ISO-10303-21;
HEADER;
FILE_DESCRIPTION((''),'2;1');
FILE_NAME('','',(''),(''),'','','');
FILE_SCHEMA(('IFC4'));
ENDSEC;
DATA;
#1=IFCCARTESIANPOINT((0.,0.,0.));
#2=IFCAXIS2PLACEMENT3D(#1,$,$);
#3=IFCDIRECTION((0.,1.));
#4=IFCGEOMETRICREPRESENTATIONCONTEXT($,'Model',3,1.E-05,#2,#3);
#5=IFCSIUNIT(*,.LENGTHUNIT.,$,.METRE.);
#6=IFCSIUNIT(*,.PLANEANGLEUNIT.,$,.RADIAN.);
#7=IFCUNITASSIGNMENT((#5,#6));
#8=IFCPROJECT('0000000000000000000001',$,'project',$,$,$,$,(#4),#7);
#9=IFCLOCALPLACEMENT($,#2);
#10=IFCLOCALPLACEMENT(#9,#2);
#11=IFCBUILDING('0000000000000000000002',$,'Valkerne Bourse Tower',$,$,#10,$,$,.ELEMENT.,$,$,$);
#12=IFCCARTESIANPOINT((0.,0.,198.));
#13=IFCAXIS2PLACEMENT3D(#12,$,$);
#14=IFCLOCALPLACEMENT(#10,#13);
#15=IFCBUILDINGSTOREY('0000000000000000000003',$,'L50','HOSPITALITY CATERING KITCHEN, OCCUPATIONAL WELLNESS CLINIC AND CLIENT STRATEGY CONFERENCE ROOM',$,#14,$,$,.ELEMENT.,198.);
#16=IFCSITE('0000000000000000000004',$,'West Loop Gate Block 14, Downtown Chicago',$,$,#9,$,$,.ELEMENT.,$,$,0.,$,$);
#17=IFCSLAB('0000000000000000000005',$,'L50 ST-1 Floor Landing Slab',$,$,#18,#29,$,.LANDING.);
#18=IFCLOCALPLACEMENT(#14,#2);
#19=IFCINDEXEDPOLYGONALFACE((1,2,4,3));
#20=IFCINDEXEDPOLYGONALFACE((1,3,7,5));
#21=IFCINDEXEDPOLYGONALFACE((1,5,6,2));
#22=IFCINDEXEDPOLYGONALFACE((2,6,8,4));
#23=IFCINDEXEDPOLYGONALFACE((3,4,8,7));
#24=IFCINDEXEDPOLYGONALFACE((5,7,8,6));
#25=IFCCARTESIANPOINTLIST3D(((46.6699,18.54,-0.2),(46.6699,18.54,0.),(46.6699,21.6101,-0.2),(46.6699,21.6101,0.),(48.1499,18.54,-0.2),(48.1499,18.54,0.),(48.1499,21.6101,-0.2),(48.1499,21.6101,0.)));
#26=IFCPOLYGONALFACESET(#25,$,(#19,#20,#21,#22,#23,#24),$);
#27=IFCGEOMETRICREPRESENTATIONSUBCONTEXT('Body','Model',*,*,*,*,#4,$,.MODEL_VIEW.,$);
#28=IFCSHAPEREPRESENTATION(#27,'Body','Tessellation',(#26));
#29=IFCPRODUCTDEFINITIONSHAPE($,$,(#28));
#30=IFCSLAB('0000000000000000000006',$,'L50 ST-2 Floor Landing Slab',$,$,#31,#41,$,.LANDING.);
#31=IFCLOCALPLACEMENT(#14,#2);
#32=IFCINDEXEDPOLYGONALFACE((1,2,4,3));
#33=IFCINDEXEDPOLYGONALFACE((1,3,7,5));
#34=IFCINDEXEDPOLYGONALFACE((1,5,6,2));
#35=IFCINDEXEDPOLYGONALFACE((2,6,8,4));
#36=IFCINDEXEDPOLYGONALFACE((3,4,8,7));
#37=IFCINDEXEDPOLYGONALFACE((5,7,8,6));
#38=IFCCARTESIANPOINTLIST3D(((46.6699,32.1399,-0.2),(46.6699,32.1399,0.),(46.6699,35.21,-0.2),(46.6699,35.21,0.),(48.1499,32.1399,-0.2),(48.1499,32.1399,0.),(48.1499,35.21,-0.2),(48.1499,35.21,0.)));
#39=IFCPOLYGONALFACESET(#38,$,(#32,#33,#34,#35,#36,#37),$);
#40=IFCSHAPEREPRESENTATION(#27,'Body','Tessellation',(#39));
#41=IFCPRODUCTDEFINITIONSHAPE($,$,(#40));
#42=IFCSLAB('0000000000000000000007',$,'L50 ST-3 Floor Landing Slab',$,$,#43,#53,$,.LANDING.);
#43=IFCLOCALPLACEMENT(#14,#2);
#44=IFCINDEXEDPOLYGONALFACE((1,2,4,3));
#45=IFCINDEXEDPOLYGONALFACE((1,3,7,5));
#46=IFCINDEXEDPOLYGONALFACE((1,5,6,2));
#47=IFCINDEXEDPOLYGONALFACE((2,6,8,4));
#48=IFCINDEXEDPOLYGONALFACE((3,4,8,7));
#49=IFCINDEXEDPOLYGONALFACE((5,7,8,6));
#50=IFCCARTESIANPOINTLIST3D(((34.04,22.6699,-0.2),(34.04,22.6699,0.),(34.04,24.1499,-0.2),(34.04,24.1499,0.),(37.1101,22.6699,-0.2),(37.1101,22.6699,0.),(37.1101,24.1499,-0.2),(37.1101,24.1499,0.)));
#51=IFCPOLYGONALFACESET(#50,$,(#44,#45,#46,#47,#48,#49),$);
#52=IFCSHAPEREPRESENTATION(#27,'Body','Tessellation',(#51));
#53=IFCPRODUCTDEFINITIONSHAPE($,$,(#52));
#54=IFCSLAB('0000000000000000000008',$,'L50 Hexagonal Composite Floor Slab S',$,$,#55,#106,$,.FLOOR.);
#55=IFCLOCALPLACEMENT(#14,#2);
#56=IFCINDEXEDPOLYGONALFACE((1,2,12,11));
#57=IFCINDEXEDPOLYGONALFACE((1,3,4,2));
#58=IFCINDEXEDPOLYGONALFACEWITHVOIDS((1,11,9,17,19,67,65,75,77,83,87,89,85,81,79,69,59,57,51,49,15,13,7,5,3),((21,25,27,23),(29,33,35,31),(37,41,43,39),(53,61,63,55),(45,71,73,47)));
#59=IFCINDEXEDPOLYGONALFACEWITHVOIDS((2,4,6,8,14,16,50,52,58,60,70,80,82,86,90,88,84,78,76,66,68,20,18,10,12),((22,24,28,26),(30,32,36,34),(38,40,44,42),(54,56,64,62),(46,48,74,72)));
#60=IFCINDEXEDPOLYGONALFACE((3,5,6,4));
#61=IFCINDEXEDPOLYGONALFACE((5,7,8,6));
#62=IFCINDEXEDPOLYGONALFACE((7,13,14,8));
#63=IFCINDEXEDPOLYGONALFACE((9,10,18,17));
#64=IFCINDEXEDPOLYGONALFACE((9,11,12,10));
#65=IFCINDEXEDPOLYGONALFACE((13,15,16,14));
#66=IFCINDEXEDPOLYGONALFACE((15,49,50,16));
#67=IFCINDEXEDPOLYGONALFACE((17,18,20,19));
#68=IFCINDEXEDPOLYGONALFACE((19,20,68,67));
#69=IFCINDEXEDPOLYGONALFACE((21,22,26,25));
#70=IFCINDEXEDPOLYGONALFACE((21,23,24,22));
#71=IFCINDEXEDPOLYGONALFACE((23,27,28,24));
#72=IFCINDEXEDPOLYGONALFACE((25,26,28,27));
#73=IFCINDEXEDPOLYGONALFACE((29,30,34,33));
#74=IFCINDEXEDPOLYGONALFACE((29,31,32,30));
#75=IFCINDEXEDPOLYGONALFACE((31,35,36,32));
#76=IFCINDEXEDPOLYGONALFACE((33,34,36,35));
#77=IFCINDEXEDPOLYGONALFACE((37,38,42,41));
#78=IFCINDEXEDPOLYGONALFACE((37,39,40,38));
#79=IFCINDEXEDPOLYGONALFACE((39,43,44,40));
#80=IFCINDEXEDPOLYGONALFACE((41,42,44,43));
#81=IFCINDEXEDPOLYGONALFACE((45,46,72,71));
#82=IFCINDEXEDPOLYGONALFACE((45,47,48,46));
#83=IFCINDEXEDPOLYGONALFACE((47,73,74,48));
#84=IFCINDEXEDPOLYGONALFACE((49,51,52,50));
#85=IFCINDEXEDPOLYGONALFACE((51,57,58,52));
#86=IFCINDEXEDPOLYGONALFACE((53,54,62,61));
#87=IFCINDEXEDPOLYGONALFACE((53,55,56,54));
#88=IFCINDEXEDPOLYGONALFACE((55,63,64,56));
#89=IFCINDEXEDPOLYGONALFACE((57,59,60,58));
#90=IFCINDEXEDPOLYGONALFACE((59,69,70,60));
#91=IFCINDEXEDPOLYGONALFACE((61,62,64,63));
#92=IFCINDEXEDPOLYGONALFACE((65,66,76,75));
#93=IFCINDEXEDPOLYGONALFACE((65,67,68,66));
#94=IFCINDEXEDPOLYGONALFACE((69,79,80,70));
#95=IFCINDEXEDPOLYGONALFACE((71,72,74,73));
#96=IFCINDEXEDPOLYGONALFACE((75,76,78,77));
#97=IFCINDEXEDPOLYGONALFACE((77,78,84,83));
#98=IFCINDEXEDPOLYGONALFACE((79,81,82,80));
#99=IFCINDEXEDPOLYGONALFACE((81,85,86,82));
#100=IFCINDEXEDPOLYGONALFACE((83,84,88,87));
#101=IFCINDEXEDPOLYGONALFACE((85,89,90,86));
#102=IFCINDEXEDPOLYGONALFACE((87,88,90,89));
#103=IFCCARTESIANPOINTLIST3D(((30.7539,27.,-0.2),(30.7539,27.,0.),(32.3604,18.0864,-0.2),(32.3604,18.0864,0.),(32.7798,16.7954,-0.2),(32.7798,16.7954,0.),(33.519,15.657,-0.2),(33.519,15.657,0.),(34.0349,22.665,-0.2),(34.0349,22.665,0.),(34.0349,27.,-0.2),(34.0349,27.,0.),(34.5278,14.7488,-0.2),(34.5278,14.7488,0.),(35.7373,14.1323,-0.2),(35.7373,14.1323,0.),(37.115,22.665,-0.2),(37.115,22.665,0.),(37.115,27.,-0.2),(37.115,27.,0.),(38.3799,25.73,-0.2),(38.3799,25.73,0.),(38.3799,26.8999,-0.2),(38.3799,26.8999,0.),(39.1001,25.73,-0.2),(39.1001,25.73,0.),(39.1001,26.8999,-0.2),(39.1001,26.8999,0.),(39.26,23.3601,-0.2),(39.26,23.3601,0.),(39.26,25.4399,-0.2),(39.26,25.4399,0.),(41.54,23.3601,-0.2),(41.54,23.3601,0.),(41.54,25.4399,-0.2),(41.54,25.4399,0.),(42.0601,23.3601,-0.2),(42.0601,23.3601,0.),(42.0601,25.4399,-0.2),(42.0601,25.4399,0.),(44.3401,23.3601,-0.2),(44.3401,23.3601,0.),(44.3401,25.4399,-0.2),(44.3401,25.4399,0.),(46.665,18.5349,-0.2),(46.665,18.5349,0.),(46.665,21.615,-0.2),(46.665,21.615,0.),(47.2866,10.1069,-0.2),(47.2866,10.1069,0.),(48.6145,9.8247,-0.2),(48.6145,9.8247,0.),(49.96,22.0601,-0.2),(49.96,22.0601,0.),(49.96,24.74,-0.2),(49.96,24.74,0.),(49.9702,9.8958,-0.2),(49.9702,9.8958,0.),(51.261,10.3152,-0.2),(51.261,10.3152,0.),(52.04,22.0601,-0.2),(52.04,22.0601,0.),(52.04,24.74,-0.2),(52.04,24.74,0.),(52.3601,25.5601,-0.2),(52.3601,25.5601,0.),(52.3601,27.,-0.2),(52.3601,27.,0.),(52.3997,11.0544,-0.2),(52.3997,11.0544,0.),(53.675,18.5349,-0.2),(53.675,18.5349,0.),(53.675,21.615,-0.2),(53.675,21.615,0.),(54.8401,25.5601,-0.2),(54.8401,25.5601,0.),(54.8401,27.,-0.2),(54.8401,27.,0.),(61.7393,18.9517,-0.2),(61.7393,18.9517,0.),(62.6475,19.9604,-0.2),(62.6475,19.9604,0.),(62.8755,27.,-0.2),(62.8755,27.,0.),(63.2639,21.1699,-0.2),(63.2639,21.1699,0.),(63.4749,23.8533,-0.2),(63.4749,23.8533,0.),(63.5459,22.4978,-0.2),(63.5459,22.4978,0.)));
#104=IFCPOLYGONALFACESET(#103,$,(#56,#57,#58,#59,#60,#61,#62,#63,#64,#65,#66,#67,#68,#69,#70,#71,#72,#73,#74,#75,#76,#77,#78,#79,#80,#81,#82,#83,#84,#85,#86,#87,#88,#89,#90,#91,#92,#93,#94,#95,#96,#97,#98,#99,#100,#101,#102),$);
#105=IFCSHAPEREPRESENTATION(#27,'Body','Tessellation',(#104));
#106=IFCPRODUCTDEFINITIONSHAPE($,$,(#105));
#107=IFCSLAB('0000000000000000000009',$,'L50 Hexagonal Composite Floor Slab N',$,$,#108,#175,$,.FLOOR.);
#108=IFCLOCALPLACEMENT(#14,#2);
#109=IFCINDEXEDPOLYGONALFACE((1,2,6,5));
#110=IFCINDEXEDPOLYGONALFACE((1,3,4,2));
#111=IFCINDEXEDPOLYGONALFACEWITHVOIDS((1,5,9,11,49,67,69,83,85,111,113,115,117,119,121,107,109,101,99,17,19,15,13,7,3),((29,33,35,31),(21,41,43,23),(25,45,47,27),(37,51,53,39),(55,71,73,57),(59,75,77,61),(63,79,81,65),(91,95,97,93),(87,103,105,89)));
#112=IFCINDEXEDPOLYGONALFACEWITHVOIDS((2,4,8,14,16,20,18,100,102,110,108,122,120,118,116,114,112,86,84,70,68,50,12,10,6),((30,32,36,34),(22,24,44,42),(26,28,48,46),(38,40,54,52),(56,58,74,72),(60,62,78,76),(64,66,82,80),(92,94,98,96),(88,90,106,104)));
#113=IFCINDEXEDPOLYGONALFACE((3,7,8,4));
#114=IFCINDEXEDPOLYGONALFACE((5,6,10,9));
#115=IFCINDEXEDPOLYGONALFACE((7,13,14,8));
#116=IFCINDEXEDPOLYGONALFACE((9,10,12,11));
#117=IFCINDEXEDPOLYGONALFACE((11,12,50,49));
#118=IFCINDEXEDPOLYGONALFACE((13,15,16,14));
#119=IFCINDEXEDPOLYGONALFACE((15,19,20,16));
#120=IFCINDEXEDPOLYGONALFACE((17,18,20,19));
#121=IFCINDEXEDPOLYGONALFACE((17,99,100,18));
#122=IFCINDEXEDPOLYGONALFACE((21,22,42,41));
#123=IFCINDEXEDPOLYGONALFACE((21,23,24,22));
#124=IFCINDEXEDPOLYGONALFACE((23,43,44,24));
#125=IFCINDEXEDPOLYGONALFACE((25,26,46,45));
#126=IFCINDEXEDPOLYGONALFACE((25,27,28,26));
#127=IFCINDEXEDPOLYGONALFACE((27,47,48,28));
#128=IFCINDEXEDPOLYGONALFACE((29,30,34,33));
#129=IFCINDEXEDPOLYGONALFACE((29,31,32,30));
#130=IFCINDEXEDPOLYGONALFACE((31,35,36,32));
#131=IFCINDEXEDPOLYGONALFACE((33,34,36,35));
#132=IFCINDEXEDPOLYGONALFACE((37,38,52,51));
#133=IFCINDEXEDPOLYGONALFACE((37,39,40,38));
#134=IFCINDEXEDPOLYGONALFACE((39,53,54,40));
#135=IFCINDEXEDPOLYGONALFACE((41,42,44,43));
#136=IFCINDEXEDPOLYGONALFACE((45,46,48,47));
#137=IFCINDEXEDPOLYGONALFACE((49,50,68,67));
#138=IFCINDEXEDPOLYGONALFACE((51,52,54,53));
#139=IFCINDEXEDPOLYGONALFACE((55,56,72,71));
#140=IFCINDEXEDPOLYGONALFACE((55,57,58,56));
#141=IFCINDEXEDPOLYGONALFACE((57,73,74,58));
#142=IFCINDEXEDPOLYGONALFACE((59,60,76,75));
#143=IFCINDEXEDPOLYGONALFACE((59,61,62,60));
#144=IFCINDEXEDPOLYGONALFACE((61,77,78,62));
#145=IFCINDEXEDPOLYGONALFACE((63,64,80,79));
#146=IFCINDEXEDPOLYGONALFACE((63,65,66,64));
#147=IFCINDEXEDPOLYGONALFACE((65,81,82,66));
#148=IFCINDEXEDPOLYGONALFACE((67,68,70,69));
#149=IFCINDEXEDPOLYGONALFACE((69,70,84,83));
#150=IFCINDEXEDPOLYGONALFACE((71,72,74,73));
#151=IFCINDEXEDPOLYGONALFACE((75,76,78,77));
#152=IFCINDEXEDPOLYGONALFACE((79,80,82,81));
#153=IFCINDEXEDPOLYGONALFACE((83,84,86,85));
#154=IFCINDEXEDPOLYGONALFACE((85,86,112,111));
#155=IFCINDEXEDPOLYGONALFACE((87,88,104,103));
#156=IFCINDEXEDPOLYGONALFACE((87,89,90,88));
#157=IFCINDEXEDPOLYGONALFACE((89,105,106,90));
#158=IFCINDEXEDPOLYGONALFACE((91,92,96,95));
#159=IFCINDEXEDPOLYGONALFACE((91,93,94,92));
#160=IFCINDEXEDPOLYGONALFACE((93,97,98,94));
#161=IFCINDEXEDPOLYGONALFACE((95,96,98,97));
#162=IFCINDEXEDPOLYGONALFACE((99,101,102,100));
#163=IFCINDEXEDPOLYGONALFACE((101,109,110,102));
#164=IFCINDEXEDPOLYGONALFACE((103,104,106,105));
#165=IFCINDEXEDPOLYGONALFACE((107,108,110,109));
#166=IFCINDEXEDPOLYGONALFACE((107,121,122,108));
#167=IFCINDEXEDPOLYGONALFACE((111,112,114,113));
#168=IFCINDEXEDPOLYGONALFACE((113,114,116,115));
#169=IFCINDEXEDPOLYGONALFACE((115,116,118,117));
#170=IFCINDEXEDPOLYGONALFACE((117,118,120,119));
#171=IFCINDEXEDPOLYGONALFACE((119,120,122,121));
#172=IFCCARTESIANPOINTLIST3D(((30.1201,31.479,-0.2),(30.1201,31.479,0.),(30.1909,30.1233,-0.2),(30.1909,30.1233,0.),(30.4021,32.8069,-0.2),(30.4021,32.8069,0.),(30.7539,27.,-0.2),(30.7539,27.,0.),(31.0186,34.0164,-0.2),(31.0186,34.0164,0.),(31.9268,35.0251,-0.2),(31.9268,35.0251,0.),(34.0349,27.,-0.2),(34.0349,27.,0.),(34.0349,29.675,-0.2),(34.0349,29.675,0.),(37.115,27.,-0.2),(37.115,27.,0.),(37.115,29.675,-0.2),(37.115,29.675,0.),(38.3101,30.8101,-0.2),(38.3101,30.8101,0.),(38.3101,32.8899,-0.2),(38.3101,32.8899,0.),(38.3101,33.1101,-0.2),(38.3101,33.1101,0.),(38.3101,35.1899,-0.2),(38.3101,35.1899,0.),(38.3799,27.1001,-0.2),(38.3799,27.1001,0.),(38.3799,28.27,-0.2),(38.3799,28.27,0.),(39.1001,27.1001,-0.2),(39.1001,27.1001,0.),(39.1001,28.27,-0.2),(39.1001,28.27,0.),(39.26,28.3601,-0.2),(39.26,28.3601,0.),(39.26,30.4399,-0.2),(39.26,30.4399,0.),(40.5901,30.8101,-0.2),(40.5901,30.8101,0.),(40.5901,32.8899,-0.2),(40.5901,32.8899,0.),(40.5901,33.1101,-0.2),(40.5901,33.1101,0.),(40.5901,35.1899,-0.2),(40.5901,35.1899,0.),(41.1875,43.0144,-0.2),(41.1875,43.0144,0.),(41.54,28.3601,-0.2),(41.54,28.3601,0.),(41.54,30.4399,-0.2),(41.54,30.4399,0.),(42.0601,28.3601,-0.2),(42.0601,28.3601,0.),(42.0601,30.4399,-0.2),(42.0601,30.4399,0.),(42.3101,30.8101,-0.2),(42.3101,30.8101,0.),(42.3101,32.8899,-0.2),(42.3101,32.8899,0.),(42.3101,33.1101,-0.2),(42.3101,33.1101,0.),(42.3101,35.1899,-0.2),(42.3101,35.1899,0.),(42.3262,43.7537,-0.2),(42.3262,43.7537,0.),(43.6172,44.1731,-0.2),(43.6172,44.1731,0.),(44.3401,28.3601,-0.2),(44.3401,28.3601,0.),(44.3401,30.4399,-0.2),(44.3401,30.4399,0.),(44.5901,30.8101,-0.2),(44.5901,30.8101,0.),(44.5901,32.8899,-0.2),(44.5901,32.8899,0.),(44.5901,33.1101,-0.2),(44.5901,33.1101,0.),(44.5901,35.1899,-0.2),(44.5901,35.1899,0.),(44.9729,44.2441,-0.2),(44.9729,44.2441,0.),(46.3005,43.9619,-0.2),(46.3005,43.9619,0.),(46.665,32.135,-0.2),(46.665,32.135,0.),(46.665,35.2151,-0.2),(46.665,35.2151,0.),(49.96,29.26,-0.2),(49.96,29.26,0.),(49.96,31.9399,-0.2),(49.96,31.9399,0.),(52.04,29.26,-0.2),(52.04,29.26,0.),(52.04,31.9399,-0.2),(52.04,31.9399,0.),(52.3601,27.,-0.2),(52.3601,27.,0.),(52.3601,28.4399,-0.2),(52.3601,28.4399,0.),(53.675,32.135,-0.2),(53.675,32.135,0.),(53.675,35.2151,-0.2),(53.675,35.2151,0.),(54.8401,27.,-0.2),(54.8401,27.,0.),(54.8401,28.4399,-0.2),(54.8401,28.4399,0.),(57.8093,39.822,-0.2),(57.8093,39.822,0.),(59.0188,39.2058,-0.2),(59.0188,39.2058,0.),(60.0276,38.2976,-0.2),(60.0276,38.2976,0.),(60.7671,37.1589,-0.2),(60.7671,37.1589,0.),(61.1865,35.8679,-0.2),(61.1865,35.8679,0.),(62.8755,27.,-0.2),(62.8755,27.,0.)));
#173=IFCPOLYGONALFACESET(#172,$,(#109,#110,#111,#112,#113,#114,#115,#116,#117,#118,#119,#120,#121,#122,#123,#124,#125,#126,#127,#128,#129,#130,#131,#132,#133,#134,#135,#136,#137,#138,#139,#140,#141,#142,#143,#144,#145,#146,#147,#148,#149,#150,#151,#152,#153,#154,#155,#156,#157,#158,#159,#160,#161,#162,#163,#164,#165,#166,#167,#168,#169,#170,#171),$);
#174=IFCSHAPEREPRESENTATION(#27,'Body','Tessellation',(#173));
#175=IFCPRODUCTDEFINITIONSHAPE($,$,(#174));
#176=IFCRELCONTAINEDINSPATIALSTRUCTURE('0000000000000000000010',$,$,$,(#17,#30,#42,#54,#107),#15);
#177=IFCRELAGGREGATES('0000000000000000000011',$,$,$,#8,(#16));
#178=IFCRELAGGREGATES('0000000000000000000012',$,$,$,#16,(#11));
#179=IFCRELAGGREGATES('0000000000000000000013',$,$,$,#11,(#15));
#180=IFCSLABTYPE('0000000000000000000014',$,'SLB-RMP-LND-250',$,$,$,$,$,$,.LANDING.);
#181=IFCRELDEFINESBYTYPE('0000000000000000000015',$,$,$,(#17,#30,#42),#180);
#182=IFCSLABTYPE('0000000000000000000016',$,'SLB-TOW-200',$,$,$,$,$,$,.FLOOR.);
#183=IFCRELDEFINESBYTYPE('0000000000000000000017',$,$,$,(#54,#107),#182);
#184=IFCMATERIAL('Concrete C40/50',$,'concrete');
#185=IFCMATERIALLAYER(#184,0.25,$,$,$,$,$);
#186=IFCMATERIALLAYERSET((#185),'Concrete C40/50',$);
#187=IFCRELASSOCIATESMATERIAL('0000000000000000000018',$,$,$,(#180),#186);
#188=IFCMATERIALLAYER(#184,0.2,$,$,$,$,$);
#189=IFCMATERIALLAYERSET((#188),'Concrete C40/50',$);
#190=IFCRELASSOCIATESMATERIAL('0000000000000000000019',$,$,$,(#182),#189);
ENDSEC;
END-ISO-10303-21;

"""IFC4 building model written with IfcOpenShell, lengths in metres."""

from ifc_helpers import new_model, si_unit, direction, frame, origin, place, context, subcontext, project, spatial, polyline, outline, extrude, material, layer, layer_set, type_object, element, save


model = new_model("IFC4")

# Units and contexts
model_context = context("Model", 3, precision=1e-05, world=origin(), true_north=direction((0.0, 1.0)))
body_context = subcontext(model_context, "Body", "Model", "MODEL_VIEW")
ifc_project = project(units=[si_unit("LENGTHUNIT", "METRE"), si_unit("PLANEANGLEUNIT", "RADIAN")], contexts=[model_context])

# Site, building, storey
site_placement = place(None, origin())
site = spatial("IfcSite", under=ifc_project, at=site_placement, Name="West Loop Gate Block 14, Downtown Chicago", CompositionType="ELEMENT", RefElevation=0.0)
building_placement = place(site_placement, origin())
building = spatial("IfcBuilding", under=site, at=building_placement, Name="Valkerne Bourse Tower", CompositionType="ELEMENT")
storey_placement = place(building_placement, frame((0.0, 0.0, 198.0)))
storey = spatial("IfcBuildingStorey", under=building, at=storey_placement, Name="L50", Description="HOSPITALITY CATERING KITCHEN, OCCUPATIONAL WELLNESS CLINIC AND CLIENT STRATEGY CONFERENCE ROOM", CompositionType="ELEMENT", Elevation=198.0)

# Slabs
ifc_material_1 = material(Name="Concrete C40/50", Category="concrete")
ifc_layer_1 = layer(ifc_material_1, 0.25)
ifc_layer_set_1 = layer_set([ifc_layer_1], Name="Concrete C40/50")
slab_type_1 = type_object("IfcSlabType", Name="SLB-RMP-LND-250", PredefinedType="LANDING", material=ifc_layer_set_1)
slab_1_placement = place(storey_placement, frame((0.0, 0.0, -0.2)))
element("IfcSlab", 1, at=slab_1_placement, inside=storey, type_object=slab_type_1, Name="L50 ST-1 Floor Landing Slab", PredefinedType="LANDING", context=body_context, shape_type="SweptSolid", body=[
    extrude(outline(polyline([(46.6699, 18.54), (48.1499, 18.54), (48.1499, 21.6101), (46.6699, 21.6101), (46.6699, 18.54)])), origin(), (0.0, 0.0, 1.0), 0.2),
])
slab_2_placement = place(storey_placement, frame((0.0, 0.0, -0.2)))
element("IfcSlab", 2, at=slab_2_placement, inside=storey, type_object=slab_type_1, Name="L50 ST-2 Floor Landing Slab", PredefinedType="LANDING", context=body_context, shape_type="SweptSolid", body=[
    extrude(outline(polyline([(46.6699, 32.1399), (48.1499, 32.1399), (48.1499, 35.21), (46.6699, 35.21), (46.6699, 32.1399)])), origin(), (0.0, 0.0, 1.0), 0.2),
])
slab_3_placement = place(storey_placement, frame((0.0, 0.0, -0.2)))
element("IfcSlab", 3, at=slab_3_placement, inside=storey, type_object=slab_type_1, Name="L50 ST-3 Floor Landing Slab", PredefinedType="LANDING", context=body_context, shape_type="SweptSolid", body=[
    extrude(outline(polyline([(37.1101, 22.6699), (37.1101, 24.1499), (34.04, 24.1499), (34.04, 22.6699), (37.1101, 22.6699)])), origin(), (0.0, 0.0, 1.0), 0.2),
])
ifc_layer_2 = layer(ifc_material_1, 0.2)
ifc_layer_set_2 = layer_set([ifc_layer_2], Name="Concrete C40/50")
slab_type_2 = type_object("IfcSlabType", Name="SLB-TOW-200", PredefinedType="FLOOR", material=ifc_layer_set_2)
slab_4_placement = place(storey_placement, frame((0.0, 0.0, -0.2)))
element("IfcSlab", 4, at=slab_4_placement, inside=storey, type_object=slab_type_2, Name="L50 Hexagonal Composite Floor Slab S", PredefinedType="FLOOR", context=body_context, shape_type="SweptSolid", body=[
    extrude(outline(polyline([(63.5459, 22.4978), (63.2639, 21.1699), (62.6475, 19.9604), (61.7393, 18.9517), (52.3997, 11.0544), (51.261, 10.3152), (49.9702, 9.8958), (48.6145, 9.8247), (47.2866, 10.1069), (35.7373, 14.1323), (34.5278, 14.7488), (33.519, 15.657), (32.7798, 16.7954), (32.3604, 18.0864), (30.7539, 27.0), (34.0349, 27.0), (34.0349, 22.665), (37.115, 22.665), (37.115, 27.0), (52.3601, 27.0), (52.3601, 25.5601), (54.8401, 25.5601), (54.8401, 27.0), (62.8755, 27.0), (63.4749, 23.8533), (63.5459, 22.4978)]), holes=[polyline([(41.54, 25.4399), (39.26, 25.4399), (39.26, 23.3601), (41.54, 23.3601), (41.54, 25.4399)]), polyline([(44.3401, 25.4399), (42.0601, 25.4399), (42.0601, 23.3601), (44.3401, 23.3601), (44.3401, 25.4399)]), polyline([(39.1001, 26.8999), (38.3799, 26.8999), (38.3799, 25.73), (39.1001, 25.73), (39.1001, 26.8999)]), polyline([(53.675, 21.615), (46.665, 21.615), (46.665, 18.5349), (53.675, 18.5349), (53.675, 21.615)]), polyline([(52.04, 24.74), (49.96, 24.74), (49.96, 22.0601), (52.04, 22.0601), (52.04, 24.74)])]), origin(), (0.0, 0.0, 1.0), 0.2),
])
slab_5_placement = place(storey_placement, frame((0.0, 0.0, -0.2)))
element("IfcSlab", 5, at=slab_5_placement, inside=storey, type_object=slab_type_2, Name="L50 Hexagonal Composite Floor Slab N", PredefinedType="FLOOR", context=body_context, shape_type="SweptSolid", body=[
    extrude(outline(polyline([(30.1909, 30.1233), (30.1201, 31.479), (30.4021, 32.8069), (31.0186, 34.0164), (31.9268, 35.0251), (41.1875, 43.0144), (42.3262, 43.7537), (43.6172, 44.1731), (44.9729, 44.2441), (46.3005, 43.9619), (57.8093, 39.822), (59.0188, 39.2058), (60.0276, 38.2976), (60.7671, 37.1589), (61.1865, 35.8679), (62.8755, 27.0), (54.8401, 27.0), (54.8401, 28.4399), (52.3601, 28.4399), (52.3601, 27.0), (37.115, 27.0), (37.115, 29.675), (34.0349, 29.675), (34.0349, 27.0), (30.7539, 27.0), (30.1909, 30.1233)]), holes=[polyline([(39.1001, 28.27), (38.3799, 28.27), (38.3799, 27.1001), (39.1001, 27.1001), (39.1001, 28.27)]), polyline([(41.54, 30.4399), (39.26, 30.4399), (39.26, 28.3601), (41.54, 28.3601), (41.54, 30.4399)]), polyline([(40.5901, 32.8899), (38.3101, 32.8899), (38.3101, 30.8101), (40.5901, 30.8101), (40.5901, 32.8899)]), polyline([(40.5901, 35.1899), (38.3101, 35.1899), (38.3101, 33.1101), (40.5901, 33.1101), (40.5901, 35.1899)]), polyline([(44.3401, 30.4399), (42.0601, 30.4399), (42.0601, 28.3601), (44.3401, 28.3601), (44.3401, 30.4399)]), polyline([(52.04, 31.9399), (49.96, 31.9399), (49.96, 29.26), (52.04, 29.26), (52.04, 31.9399)]), polyline([(44.5901, 32.8899), (42.3101, 32.8899), (42.3101, 30.8101), (44.5901, 30.8101), (44.5901, 32.8899)]), polyline([(53.675, 35.2151), (46.665, 35.2151), (46.665, 32.135), (53.675, 32.135), (53.675, 35.2151)]), polyline([(44.5901, 35.1899), (42.3101, 35.1899), (42.3101, 33.1101), (44.5901, 33.1101), (44.5901, 35.1899)])]), origin(), (0.0, 0.0, 1.0), 0.2),
])

save(model, "model.ifc")
